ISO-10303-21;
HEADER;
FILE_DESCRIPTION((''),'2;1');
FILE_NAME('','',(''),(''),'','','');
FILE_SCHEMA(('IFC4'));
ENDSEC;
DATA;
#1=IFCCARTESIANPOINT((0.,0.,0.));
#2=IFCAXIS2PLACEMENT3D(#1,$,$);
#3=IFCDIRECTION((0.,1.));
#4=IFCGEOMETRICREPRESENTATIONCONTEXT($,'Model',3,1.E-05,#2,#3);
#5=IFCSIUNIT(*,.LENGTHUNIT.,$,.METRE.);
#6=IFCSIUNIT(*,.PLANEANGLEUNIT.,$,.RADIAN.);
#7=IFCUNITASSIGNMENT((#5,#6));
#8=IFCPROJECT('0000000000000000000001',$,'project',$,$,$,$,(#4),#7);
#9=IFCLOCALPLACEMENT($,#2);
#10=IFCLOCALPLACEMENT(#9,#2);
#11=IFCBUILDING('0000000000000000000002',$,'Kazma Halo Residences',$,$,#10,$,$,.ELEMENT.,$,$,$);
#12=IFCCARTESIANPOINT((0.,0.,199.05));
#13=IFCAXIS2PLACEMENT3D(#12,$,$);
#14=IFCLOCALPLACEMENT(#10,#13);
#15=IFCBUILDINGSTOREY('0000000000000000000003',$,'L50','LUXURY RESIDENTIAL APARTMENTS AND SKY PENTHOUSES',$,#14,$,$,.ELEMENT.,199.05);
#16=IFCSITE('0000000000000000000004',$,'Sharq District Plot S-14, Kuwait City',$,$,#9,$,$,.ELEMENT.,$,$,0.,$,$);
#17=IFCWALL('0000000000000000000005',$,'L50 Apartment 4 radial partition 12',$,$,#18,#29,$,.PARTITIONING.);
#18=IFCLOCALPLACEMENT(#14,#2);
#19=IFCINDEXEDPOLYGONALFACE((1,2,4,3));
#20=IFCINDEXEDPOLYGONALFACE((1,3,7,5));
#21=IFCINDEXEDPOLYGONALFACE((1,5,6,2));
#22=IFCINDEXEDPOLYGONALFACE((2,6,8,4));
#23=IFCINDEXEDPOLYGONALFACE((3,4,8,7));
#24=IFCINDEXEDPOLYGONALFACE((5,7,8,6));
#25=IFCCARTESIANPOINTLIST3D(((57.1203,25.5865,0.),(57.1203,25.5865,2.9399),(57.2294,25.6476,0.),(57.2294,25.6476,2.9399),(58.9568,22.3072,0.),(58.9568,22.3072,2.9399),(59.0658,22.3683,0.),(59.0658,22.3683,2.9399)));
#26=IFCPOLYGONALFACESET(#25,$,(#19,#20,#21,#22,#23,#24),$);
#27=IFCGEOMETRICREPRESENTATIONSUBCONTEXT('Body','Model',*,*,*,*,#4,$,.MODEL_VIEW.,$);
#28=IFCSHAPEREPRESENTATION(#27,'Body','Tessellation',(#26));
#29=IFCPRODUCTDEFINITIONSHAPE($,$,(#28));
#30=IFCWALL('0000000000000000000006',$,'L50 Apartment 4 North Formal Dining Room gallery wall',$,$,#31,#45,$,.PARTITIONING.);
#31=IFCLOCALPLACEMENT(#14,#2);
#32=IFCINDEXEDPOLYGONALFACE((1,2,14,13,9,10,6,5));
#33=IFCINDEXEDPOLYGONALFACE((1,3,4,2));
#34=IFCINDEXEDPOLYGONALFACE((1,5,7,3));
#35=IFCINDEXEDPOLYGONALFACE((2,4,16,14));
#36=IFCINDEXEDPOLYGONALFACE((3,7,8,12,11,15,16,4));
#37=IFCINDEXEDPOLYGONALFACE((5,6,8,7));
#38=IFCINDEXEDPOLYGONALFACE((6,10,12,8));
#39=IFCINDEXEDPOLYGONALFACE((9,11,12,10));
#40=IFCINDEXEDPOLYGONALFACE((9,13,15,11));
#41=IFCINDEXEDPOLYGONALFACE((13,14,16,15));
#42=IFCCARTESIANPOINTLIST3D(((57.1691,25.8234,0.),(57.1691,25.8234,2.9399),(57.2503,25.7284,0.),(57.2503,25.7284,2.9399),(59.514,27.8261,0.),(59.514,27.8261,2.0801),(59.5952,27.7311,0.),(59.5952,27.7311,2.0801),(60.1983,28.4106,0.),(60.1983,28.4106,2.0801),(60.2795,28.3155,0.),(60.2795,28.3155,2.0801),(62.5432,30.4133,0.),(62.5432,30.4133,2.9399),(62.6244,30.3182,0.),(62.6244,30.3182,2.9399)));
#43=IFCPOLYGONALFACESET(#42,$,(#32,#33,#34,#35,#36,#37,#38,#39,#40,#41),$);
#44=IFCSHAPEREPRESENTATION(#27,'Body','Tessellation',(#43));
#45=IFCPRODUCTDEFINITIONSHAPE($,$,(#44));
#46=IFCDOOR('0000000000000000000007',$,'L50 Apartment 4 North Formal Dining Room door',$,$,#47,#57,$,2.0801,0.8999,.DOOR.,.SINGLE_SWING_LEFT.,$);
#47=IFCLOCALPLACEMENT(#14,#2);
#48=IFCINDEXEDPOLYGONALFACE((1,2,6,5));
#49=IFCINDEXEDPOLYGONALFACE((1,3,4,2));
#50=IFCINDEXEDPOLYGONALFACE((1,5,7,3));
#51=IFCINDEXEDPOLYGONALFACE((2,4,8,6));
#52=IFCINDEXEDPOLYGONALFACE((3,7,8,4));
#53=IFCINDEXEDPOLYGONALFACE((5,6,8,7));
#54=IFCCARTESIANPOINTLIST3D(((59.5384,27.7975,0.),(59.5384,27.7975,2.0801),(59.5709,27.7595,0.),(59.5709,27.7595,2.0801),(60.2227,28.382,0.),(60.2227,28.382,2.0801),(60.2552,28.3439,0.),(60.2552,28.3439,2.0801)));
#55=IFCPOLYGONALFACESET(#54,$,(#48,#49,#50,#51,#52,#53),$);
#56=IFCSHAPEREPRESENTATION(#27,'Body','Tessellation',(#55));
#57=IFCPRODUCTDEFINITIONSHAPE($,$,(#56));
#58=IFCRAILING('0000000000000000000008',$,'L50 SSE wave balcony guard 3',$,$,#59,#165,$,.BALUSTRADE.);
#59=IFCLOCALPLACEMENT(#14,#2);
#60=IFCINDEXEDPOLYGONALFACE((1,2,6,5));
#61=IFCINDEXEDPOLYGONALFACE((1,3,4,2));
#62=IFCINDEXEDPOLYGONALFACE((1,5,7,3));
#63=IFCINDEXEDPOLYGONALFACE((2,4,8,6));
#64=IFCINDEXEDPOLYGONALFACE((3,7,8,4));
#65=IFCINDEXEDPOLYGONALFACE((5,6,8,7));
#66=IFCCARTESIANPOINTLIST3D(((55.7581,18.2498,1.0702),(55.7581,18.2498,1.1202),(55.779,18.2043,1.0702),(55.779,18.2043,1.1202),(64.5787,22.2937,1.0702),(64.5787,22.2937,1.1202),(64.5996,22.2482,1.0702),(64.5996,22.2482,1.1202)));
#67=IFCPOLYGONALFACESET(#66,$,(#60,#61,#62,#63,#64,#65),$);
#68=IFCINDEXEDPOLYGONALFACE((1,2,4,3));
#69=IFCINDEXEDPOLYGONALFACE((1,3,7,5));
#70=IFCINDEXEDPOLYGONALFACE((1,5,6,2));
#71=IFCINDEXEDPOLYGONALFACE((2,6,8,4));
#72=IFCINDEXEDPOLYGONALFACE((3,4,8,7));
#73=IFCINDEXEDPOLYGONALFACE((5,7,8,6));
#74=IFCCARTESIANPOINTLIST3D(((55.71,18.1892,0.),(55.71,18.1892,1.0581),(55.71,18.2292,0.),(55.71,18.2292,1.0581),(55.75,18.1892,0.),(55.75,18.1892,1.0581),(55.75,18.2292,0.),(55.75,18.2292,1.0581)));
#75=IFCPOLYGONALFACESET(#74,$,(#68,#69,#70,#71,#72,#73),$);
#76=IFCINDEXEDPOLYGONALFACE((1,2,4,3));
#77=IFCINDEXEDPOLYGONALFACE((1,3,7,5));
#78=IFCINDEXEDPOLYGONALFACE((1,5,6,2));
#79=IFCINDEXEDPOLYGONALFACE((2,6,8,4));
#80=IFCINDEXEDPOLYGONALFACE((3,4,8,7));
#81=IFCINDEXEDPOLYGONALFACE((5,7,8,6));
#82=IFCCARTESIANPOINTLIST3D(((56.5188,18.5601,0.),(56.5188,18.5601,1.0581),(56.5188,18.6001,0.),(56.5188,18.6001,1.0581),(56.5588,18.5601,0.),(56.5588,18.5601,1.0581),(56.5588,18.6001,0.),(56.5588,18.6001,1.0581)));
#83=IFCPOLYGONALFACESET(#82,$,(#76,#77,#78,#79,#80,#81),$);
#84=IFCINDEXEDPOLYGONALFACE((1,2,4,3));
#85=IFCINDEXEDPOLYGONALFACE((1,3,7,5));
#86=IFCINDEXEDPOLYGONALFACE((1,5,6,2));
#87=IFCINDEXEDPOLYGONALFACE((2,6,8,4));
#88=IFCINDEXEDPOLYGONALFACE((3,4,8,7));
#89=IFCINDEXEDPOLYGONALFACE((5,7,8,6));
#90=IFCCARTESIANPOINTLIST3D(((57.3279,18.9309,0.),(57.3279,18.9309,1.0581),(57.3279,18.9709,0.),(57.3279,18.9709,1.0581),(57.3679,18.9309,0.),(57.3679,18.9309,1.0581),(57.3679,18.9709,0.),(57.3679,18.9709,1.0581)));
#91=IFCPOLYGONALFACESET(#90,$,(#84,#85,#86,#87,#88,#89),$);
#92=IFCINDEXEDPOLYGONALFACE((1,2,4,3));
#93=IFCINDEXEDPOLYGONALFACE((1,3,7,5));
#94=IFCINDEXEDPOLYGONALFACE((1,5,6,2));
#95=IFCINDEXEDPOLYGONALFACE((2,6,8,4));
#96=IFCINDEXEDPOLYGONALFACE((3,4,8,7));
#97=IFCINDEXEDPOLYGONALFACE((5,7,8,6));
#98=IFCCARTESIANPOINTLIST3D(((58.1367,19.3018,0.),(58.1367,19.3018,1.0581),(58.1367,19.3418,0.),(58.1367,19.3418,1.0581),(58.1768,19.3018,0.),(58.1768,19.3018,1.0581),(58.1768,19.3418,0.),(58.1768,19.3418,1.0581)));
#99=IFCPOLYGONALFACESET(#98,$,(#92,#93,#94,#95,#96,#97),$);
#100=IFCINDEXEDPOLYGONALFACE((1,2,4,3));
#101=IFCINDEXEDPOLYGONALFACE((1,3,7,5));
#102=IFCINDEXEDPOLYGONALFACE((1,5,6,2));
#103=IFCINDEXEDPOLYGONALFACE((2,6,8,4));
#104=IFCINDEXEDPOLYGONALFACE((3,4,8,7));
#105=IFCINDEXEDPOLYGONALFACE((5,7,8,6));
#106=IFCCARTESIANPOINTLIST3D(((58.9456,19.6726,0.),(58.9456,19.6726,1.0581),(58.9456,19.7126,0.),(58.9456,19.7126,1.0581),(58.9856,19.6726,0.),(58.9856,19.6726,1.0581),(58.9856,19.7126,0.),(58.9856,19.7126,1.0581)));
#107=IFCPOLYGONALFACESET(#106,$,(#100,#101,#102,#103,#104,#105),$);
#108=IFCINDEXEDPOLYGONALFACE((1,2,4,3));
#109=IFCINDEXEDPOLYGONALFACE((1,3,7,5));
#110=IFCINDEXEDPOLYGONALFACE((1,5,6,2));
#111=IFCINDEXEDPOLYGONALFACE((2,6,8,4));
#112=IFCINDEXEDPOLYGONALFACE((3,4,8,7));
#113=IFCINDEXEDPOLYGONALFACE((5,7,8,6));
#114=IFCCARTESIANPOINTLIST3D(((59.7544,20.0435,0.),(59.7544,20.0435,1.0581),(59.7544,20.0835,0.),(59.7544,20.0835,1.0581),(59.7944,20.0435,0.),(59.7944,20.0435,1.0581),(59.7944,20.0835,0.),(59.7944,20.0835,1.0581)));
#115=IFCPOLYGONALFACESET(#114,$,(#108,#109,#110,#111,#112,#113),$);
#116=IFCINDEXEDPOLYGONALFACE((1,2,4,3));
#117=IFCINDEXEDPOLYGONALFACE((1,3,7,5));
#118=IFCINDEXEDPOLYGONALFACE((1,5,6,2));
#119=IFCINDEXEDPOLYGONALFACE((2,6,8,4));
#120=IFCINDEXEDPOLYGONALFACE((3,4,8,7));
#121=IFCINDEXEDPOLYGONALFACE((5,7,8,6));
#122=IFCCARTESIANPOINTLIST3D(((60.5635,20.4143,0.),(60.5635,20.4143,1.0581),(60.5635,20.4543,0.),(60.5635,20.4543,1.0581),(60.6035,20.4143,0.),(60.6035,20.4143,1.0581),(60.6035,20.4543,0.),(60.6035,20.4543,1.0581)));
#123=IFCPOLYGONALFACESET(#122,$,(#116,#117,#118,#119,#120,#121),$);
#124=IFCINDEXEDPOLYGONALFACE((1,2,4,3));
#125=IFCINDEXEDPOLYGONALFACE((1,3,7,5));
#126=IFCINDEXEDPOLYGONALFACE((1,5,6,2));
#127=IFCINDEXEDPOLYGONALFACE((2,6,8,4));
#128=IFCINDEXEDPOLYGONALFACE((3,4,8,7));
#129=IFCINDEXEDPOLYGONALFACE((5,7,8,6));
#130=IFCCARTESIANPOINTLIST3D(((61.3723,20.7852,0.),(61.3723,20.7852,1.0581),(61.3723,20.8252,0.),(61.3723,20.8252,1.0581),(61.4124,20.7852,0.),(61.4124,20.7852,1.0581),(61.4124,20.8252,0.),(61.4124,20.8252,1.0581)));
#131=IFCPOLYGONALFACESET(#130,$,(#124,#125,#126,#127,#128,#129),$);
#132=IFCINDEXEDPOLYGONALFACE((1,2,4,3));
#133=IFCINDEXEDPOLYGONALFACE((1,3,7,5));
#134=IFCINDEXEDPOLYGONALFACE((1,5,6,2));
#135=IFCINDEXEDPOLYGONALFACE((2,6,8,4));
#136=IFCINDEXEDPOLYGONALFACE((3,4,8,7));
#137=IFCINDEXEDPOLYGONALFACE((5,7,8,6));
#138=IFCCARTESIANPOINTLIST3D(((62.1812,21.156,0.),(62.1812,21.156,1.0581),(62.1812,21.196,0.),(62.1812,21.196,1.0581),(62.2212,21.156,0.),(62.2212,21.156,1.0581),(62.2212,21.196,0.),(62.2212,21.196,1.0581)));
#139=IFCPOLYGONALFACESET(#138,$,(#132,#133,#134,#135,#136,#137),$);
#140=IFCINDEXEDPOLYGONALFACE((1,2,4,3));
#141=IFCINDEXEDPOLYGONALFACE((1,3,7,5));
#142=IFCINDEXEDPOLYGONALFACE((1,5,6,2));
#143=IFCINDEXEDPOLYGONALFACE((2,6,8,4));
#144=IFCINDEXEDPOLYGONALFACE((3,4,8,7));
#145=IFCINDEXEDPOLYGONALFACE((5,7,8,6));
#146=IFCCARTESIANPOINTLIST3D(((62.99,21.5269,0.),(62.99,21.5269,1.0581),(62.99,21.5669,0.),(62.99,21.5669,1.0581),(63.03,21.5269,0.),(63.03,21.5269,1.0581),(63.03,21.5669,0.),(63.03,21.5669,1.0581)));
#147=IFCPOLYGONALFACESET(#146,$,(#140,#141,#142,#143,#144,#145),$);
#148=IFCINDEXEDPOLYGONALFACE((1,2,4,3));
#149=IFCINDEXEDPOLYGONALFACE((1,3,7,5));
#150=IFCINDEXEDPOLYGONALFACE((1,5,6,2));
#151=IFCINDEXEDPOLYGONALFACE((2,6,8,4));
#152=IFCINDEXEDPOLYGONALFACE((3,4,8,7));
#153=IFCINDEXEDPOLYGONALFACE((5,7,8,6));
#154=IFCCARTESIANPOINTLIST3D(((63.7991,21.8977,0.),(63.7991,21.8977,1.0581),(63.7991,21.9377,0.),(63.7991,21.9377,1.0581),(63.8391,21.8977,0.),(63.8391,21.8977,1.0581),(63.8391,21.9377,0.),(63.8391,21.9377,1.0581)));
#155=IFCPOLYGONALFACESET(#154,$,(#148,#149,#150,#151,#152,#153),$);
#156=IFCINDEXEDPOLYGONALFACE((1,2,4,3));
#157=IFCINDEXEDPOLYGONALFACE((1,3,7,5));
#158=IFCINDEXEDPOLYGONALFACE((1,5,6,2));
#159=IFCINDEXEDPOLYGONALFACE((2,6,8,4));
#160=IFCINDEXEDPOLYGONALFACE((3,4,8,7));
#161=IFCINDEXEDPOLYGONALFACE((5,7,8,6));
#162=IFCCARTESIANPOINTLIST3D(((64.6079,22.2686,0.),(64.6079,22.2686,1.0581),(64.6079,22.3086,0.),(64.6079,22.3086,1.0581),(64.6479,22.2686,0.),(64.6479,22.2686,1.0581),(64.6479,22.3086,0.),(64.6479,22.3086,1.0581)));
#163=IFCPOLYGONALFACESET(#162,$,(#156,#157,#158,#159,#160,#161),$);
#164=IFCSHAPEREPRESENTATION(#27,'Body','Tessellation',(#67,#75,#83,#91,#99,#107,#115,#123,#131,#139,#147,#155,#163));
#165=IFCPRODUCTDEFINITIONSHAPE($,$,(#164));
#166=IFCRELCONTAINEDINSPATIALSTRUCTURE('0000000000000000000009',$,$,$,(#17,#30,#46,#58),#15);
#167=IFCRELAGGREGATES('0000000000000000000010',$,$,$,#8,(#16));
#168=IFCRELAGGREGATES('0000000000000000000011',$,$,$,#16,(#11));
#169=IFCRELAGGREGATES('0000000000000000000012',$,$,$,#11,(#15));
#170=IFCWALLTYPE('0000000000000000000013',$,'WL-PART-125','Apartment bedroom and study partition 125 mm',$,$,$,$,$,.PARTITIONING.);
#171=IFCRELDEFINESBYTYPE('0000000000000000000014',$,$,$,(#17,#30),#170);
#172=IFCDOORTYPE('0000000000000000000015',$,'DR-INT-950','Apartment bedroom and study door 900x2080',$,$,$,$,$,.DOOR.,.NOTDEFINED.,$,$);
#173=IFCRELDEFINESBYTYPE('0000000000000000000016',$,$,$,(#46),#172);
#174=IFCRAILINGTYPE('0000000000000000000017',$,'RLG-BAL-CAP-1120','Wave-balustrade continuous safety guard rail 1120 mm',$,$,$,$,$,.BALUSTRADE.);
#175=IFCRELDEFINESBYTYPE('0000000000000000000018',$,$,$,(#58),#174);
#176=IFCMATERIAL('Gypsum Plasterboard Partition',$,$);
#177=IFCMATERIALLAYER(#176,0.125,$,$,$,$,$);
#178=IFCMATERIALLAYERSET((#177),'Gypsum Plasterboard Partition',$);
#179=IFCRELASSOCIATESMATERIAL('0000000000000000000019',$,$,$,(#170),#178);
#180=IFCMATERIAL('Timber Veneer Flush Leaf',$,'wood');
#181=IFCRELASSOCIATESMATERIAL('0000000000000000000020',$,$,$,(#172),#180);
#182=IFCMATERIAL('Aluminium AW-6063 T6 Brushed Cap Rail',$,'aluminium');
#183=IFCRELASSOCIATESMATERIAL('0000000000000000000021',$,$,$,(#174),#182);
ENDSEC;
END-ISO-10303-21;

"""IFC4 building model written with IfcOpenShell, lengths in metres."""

from ifc_helpers import new_model, si_unit, direction, frame, frame_2d, origin, origin_2d, place, context, subcontext, project, spatial, rectangle, extrude, material, layer, layer_set, type_object, element, fill, save


model = new_model("IFC4")

# Units and contexts
model_context = context("Model", 3, precision=1e-05, world=origin(), true_north=direction((0.0, 1.0)))
body_context = subcontext(model_context, "Body", "Model", "MODEL_VIEW")
ifc_project = project(units=[si_unit("LENGTHUNIT", "METRE"), si_unit("PLANEANGLEUNIT", "RADIAN")], contexts=[model_context])

# Site, building, storey
site_placement = place(None, origin())
site = spatial("IfcSite", under=ifc_project, at=site_placement, Name="Sharq District Plot S-14, Kuwait City", CompositionType="ELEMENT", RefElevation=0.0)
building_placement = place(site_placement, origin())
building = spatial("IfcBuilding", under=site, at=building_placement, Name="Kazma Halo Residences", CompositionType="ELEMENT")
storey_placement = place(building_placement, frame((0.0, 0.0, 199.05)))
storey = spatial("IfcBuildingStorey", under=building, at=storey_placement, Name="L50", Description="LUXURY RESIDENTIAL APARTMENTS AND SKY PENTHOUSES", CompositionType="ELEMENT", Elevation=199.05)

# Shared definitions
ifc_material_1 = material(Name="Gypsum Plasterboard Partition")
ifc_layer_1 = layer(ifc_material_1, 0.125)
ifc_layer_set_1 = layer_set([ifc_layer_1], Name="Gypsum Plasterboard Partition")
wall_type_1 = type_object("IfcWallType", Name="WL-PART-125", Description="Apartment bedroom and study partition 125 mm", PredefinedType="PARTITIONING", material=ifc_layer_set_1)

# Shared definitions
ifc_material_2 = material(Name="Timber Veneer Flush Leaf", Category="wood")
door_type_1 = type_object("IfcDoorType", Name="DR-INT-950", Description="Apartment bedroom and study door 900x2080", OperationType="NOTDEFINED", PredefinedType="DOOR", material=ifc_material_2)

# Wall
wall_1_placement = place(storey_placement, frame((57.1748, 25.6172, 0.0), z_axis=(0.0, 0.0, 1.0), x_axis=(0.488607, -0.872504, 0.0)))
element("IfcWall", 1, at=wall_1_placement, inside=storey, type_object=wall_type_1, Name="L50 Apartment 4 radial partition 12", PredefinedType="PARTITIONING", context=body_context, shape_type="SweptSolid", body=[
    extrude(rectangle(XDim=3.7585, YDim=0.125, at=frame_2d((1.8794, 0.0))), origin(), (0.0, 0.0, 1.0), 2.9399),
])

# Wall, opening, door
wall_2_placement = place(storey_placement, frame((57.2097, 25.7759, 0.0), z_axis=(0.0, 0.0, 1.0), x_axis=(0.760406, 0.649448, 0.0)))
wall_2 = element("IfcWall", 2, at=wall_2_placement, inside=storey, type_object=wall_type_1, Name="L50 Apartment 4 North Formal Dining Room gallery wall", PredefinedType="PARTITIONING", context=body_context, shape_type="SweptSolid", body=[
    extrude(rectangle(XDim=7.0674, YDim=0.125, at=frame_2d((3.5337, 0.0))), origin(), (0.0, 0.0, 1.0), 2.9399),
])
opening_1_placement = place(wall_2_placement, frame((3.0837, 0.0, 0.0)))
opening_1 = element("IfcOpeningElement", 3, at=opening_1_placement, cuts=wall_2, PredefinedType="OPENING", context=body_context, shape_type="SweptSolid", body=[
    extrude(rectangle(XDim=0.8999, YDim=2.0801, at=frame_2d((0.45, 1.04))), frame((0.0, 0.0725, 0.0), z_axis=(0.0, -1.0, 0.0), x_axis=(1.0, 0.0, 0.0)), (0.0, 0.0, 1.0), 0.145),
])
door_1_placement = place(opening_1_placement, origin())
door_1 = element("IfcDoor", 4, at=door_1_placement, inside=storey, type_object=door_type_1, Name="L50 Apartment 4 North Formal Dining Room door", OperationType="SINGLE_SWING_LEFT", OverallHeight=2.0801, OverallWidth=0.8999, PredefinedType="DOOR", context=body_context, shape_type="SweptSolid", body=[
    extrude(rectangle(XDim=0.8999, YDim=2.0801, at=frame_2d((0.45, 1.04))), frame((0.0, 0.0249, 0.0), z_axis=(0.0, -1.0, 0.0), x_axis=(1.0, 0.0, 0.0)), (0.0, 0.0, 1.0), 0.05),
])
fill(opening_1, door_1)

# Railing
ifc_material_3 = material(Name="Aluminium AW-6063 T6 Brushed Cap Rail", Category="aluminium")
railing_type = type_object("IfcRailingType", Name="RLG-BAL-CAP-1120", Description="Wave-balustrade continuous safety guard rail 1120 mm", PredefinedType="BALUSTRADE", material=ifc_material_3)
railing_placement = place(storey_placement, frame((55.73, 18.2092, 0.0)))
element("IfcRailing", 5, at=railing_placement, inside=storey, type_object=railing_type, Name="L50 SSE wave balcony guard 3", PredefinedType="BALUSTRADE", context=body_context, shape_type="SweptSolid", body=[
    extrude(rectangle(XDim=0.05, YDim=0.05, at=origin_2d()), frame((0.0386, 0.0178, 1.0952), z_axis=(0.909022, 0.416749, 0.0), x_axis=(-0.416749, 0.909022, 0.0)), (0.0, 0.0, 1.0), 9.7034),
    extrude(rectangle(XDim=0.04, YDim=0.04, at=origin_2d()), origin(), (0.0, 0.0, 1.0), 1.0581),
    extrude(rectangle(XDim=0.04, YDim=0.04, at=origin_2d()), frame((0.8088, 0.3708, 0.0)), (0.0, 0.0, 1.0), 1.0581),
    extrude(rectangle(XDim=0.04, YDim=0.04, at=origin_2d()), frame((1.6179, 0.7417, 0.0)), (0.0, 0.0, 1.0), 1.0581),
    extrude(rectangle(XDim=0.04, YDim=0.04, at=origin_2d()), frame((2.4268, 1.1125, 0.0)), (0.0, 0.0, 1.0), 1.0581),
    extrude(rectangle(XDim=0.04, YDim=0.04, at=origin_2d()), frame((3.2356, 1.4834, 0.0)), (0.0, 0.0, 1.0), 1.0581),
    extrude(rectangle(XDim=0.04, YDim=0.04, at=origin_2d()), frame((4.0444, 1.8542, 0.0)), (0.0, 0.0, 1.0), 1.0581),
    extrude(rectangle(XDim=0.04, YDim=0.04, at=origin_2d()), frame((4.8535, 2.2251, 0.0)), (0.0, 0.0, 1.0), 1.0581),
    extrude(rectangle(XDim=0.04, YDim=0.04, at=origin_2d()), frame((5.6624, 2.5959, 0.0)), (0.0, 0.0, 1.0), 1.0581),
    extrude(rectangle(XDim=0.04, YDim=0.04, at=origin_2d()), frame((6.4712, 2.9668, 0.0)), (0.0, 0.0, 1.0), 1.0581),
    extrude(rectangle(XDim=0.04, YDim=0.04, at=origin_2d()), frame((7.28, 3.3376, 0.0)), (0.0, 0.0, 1.0), 1.0581),
    extrude(rectangle(XDim=0.04, YDim=0.04, at=origin_2d()), frame((8.0891, 3.7085, 0.0)), (0.0, 0.0, 1.0), 1.0581),
    extrude(rectangle(XDim=0.04, YDim=0.04, at=origin_2d()), frame((8.8979, 4.0793, 0.0)), (0.0, 0.0, 1.0), 1.0581),
])

save(model, "model.ifc")
